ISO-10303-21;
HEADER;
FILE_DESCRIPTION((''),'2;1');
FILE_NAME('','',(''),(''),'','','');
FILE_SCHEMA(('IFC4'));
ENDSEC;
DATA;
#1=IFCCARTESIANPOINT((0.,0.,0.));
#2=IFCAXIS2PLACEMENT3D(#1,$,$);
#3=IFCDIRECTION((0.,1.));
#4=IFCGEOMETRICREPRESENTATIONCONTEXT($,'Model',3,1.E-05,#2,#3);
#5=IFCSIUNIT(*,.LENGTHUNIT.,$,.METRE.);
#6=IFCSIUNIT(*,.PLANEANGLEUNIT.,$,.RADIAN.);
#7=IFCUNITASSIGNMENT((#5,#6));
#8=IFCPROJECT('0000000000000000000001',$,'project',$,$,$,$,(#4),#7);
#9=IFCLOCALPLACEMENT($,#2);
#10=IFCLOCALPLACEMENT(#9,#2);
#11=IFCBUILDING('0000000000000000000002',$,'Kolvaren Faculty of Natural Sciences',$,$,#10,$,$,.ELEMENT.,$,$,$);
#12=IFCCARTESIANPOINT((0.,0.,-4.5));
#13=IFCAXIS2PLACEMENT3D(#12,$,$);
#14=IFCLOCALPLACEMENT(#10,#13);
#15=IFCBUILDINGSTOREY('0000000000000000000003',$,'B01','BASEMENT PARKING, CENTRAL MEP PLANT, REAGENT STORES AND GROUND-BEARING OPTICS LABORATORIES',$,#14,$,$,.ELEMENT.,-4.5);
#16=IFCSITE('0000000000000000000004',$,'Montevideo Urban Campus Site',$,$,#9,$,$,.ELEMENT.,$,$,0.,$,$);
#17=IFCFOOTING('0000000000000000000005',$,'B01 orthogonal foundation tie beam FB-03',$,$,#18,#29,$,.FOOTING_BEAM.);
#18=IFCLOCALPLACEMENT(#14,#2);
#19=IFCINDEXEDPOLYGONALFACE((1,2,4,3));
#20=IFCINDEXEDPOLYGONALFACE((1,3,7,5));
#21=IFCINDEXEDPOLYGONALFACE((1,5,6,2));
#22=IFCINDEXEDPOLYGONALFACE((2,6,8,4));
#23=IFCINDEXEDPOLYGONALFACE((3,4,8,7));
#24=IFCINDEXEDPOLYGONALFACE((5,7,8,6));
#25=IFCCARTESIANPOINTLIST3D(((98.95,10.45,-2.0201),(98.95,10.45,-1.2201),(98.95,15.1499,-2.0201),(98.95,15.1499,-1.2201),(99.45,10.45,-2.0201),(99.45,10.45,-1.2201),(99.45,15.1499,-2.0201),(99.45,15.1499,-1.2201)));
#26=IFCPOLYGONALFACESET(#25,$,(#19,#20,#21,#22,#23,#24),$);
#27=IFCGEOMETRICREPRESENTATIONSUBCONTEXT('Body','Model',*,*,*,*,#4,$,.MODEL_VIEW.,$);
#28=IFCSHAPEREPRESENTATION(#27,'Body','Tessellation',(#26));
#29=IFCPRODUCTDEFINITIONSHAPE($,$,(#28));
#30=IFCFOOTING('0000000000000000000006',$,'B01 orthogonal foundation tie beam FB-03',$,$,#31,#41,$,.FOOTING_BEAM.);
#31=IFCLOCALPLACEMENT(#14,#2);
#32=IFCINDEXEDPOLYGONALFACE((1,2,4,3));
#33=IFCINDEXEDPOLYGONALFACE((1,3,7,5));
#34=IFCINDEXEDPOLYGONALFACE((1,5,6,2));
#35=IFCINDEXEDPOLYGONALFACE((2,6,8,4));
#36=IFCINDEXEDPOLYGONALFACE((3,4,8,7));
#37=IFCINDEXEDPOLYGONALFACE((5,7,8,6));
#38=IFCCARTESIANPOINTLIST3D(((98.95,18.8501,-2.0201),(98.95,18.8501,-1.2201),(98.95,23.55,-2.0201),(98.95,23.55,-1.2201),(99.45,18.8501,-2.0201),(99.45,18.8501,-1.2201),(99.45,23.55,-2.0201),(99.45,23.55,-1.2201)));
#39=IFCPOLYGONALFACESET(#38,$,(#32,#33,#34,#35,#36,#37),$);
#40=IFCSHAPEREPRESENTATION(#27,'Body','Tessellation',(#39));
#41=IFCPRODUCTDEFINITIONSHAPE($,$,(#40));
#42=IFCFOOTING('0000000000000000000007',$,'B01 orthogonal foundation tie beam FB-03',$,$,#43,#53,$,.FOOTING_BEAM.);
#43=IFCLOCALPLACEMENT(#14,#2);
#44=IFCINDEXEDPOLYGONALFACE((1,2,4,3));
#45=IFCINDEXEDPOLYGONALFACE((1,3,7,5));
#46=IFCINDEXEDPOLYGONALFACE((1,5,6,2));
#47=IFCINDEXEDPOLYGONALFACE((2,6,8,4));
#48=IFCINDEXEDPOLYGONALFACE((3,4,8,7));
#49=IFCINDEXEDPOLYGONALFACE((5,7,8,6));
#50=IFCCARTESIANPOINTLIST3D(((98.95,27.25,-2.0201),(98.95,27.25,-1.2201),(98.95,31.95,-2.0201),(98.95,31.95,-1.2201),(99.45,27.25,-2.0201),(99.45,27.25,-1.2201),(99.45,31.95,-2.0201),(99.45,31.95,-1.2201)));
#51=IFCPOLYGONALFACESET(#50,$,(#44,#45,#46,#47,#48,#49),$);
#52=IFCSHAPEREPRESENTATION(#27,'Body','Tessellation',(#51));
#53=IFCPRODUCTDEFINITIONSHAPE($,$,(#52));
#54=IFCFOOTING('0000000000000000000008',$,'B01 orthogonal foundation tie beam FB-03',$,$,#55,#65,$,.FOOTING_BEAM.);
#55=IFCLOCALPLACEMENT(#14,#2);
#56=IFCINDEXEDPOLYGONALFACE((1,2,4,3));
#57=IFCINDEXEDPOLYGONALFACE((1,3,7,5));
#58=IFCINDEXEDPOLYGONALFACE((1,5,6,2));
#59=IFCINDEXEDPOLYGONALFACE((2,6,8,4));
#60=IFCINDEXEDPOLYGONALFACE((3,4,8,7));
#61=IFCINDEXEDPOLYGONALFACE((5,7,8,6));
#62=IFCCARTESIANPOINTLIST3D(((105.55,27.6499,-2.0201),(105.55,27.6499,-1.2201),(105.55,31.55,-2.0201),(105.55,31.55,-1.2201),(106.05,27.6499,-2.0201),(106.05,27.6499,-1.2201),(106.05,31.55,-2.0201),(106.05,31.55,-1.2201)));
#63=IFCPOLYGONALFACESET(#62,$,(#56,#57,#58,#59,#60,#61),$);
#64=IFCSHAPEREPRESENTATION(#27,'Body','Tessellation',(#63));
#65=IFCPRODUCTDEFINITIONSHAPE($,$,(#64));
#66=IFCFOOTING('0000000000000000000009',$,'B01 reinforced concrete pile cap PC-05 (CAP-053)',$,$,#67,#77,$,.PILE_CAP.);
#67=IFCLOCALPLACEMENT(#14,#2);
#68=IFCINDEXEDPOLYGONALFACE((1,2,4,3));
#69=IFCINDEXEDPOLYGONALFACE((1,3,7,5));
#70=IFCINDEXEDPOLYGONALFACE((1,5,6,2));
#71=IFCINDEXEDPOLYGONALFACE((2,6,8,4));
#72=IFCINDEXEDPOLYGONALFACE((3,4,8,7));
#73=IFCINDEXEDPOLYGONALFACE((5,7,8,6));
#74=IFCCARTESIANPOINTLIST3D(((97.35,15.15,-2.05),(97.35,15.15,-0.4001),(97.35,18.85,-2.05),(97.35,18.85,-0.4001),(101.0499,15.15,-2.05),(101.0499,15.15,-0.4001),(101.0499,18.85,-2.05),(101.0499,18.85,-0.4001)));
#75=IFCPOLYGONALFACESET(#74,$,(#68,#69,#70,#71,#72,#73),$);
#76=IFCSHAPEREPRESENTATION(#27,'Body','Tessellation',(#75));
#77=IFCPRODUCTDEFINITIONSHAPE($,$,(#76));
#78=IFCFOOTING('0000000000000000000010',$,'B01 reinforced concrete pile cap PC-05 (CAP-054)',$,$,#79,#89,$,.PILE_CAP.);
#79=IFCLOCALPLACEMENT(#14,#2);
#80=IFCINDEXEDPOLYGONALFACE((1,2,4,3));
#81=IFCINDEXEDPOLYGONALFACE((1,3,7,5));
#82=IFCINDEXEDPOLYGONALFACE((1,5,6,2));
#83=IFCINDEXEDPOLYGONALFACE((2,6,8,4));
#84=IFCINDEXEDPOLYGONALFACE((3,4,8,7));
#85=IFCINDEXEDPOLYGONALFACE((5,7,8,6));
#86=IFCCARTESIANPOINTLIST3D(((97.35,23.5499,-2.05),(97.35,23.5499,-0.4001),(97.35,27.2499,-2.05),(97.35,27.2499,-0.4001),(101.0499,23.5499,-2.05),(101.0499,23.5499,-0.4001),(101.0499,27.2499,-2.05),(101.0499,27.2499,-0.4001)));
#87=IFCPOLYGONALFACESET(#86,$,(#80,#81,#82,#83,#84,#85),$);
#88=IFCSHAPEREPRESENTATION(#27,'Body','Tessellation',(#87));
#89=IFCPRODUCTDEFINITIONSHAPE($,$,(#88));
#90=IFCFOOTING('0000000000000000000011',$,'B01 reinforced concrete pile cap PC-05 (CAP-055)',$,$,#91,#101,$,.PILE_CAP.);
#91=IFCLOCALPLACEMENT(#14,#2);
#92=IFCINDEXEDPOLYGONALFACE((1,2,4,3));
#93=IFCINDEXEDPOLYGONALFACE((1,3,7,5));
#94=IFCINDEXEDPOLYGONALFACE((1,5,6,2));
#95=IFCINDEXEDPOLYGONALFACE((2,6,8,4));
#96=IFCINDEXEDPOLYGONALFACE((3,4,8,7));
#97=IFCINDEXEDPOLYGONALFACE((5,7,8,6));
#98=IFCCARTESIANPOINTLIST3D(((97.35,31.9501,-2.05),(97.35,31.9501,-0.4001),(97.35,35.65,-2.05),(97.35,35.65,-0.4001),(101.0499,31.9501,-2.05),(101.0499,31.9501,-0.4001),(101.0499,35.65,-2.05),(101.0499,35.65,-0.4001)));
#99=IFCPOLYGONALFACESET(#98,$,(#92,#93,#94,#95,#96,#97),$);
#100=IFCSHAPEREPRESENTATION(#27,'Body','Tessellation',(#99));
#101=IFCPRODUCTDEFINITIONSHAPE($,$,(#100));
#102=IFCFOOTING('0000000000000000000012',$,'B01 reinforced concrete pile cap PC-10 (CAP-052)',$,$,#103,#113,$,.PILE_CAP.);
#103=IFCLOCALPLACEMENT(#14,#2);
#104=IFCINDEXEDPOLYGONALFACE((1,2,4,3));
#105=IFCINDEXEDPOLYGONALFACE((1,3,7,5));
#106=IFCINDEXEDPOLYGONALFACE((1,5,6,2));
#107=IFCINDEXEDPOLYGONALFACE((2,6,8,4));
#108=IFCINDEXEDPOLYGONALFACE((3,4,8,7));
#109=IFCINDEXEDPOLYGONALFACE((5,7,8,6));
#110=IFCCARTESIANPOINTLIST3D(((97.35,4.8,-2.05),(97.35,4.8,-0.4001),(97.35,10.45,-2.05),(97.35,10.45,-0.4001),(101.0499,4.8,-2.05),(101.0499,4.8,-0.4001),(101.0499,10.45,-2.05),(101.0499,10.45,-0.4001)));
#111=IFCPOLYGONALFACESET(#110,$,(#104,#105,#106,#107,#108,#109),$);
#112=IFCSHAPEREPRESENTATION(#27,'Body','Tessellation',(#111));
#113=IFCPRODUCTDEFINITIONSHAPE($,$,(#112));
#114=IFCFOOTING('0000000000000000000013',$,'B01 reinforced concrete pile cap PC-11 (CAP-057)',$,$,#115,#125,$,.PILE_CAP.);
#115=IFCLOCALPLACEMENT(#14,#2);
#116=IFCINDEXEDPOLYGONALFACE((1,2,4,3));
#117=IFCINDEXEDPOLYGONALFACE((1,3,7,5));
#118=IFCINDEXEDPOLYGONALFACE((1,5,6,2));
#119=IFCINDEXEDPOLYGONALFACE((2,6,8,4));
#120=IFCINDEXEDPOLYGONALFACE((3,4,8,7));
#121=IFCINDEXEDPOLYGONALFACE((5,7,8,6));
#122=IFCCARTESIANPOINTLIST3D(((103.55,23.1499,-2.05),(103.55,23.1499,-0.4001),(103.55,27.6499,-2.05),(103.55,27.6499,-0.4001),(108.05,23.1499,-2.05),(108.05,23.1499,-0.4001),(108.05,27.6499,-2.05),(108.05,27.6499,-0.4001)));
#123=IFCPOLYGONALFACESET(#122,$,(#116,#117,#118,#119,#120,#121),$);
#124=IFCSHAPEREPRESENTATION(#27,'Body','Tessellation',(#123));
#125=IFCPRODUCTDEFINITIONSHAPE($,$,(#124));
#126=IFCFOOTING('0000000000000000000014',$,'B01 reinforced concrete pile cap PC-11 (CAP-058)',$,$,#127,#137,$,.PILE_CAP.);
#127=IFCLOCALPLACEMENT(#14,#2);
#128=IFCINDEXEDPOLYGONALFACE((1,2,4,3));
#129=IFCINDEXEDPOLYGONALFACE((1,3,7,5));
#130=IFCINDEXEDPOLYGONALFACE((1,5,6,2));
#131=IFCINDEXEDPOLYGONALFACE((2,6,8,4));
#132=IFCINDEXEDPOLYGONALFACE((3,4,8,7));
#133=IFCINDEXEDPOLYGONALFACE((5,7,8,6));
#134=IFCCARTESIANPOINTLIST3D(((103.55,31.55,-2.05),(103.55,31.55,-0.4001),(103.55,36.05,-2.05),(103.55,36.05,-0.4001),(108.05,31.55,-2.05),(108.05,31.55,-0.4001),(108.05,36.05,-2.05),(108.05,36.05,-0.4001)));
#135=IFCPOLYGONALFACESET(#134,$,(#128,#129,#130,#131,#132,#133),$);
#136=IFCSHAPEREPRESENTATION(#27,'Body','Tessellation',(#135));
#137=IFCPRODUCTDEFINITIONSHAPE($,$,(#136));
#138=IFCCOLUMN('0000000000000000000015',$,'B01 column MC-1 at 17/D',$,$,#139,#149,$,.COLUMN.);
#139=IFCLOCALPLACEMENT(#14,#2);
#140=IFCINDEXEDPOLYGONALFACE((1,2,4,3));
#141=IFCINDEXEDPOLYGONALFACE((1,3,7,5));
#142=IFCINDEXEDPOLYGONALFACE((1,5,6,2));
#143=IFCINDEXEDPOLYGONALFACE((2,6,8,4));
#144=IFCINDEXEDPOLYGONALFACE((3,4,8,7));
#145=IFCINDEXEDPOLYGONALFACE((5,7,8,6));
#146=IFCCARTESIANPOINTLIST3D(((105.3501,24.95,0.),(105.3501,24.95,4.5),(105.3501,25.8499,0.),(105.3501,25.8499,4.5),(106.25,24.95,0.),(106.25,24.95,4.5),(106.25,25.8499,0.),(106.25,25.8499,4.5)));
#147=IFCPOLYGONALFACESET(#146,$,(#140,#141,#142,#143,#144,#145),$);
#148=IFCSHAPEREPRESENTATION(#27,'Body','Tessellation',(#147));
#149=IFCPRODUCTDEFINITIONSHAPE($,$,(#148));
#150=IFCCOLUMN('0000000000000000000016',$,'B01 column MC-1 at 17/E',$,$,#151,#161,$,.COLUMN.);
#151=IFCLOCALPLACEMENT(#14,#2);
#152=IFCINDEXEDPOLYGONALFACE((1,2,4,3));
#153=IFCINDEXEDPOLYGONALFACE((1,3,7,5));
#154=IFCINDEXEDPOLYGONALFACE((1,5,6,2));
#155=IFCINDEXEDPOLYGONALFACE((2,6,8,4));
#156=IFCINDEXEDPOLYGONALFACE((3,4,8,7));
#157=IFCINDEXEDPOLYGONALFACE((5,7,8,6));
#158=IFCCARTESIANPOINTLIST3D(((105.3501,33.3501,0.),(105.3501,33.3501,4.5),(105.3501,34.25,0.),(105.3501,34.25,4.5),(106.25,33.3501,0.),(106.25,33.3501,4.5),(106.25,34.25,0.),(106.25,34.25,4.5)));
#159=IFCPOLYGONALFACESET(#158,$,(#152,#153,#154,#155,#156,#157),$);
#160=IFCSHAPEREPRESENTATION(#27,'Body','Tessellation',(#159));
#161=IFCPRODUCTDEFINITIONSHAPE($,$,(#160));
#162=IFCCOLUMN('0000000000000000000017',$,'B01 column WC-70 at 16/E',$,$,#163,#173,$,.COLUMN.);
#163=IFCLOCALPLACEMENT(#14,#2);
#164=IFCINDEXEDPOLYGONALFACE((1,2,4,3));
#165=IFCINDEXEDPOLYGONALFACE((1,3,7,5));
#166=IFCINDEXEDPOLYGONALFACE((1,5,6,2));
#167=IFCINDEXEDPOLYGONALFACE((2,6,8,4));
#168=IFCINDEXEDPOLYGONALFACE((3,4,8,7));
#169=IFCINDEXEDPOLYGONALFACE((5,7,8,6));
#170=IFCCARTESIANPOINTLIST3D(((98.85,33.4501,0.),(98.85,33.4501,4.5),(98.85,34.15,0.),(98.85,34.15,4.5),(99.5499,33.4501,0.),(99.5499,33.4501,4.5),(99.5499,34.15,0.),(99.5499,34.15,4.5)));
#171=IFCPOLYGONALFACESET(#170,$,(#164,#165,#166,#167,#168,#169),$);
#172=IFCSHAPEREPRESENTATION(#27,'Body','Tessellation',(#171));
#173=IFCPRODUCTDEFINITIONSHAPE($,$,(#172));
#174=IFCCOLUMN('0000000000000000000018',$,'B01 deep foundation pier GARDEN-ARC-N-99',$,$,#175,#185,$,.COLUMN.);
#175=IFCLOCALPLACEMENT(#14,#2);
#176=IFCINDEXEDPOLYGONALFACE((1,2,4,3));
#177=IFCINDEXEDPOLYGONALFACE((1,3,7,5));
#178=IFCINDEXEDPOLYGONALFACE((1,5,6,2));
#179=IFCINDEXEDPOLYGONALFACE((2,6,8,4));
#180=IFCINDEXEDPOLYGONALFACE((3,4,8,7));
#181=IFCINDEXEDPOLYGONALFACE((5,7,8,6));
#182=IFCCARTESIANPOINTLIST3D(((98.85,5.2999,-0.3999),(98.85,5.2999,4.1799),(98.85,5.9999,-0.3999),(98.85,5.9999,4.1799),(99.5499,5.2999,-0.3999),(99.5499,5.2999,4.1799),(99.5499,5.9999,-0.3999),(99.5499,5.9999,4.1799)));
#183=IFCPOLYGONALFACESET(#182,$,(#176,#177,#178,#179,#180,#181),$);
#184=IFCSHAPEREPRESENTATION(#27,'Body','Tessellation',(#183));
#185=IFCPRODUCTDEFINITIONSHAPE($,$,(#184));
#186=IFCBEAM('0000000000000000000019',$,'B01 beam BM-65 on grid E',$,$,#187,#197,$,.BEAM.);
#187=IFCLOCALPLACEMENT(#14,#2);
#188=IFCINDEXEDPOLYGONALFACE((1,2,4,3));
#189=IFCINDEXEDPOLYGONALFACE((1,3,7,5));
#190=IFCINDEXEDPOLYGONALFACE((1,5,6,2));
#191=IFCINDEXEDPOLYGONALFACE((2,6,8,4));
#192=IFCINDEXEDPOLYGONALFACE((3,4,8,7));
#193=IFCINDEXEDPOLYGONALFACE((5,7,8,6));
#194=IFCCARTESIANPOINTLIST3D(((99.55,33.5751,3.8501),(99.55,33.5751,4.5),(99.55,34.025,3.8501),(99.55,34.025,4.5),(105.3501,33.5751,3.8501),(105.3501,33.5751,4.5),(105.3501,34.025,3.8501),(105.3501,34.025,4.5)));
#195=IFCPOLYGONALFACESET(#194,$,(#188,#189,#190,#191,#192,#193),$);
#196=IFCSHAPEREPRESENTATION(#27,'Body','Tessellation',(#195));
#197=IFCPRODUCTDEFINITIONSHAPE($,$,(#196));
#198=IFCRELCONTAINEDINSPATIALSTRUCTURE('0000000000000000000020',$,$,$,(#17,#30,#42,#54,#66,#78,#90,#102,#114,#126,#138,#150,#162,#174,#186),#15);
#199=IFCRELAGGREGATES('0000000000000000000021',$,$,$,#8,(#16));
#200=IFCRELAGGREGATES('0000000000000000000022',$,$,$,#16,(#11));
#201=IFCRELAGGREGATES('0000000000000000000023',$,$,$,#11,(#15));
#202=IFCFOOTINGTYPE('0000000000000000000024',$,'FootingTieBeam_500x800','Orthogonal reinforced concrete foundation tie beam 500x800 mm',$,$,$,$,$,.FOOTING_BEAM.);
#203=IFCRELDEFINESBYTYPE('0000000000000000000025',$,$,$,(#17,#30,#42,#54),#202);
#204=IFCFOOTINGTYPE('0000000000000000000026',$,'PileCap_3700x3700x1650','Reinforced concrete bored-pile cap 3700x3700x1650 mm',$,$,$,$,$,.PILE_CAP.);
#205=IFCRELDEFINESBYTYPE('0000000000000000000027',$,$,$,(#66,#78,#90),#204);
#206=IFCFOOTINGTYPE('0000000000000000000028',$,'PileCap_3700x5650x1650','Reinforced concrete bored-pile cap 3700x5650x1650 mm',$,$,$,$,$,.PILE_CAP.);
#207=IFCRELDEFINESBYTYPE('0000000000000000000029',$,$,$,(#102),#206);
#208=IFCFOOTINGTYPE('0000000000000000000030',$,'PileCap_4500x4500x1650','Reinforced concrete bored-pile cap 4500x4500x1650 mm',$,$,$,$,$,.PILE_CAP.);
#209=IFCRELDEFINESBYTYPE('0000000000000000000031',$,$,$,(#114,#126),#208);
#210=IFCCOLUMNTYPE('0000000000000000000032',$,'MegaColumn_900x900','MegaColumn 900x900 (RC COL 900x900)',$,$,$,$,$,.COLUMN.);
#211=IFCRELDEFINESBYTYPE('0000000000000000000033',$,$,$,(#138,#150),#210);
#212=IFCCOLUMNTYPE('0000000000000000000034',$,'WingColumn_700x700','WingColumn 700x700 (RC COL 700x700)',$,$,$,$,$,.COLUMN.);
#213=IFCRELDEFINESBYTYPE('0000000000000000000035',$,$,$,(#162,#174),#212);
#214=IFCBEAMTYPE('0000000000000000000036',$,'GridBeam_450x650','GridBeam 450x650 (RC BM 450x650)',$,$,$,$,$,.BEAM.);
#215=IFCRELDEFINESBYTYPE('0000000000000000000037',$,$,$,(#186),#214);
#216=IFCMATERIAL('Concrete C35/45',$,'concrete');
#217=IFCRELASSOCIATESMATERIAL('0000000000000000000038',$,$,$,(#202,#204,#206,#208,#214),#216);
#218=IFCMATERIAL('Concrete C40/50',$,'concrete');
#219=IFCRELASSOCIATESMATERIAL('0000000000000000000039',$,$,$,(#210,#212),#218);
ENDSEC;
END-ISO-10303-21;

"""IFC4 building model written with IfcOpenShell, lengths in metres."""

from ifc_helpers import new_model, si_unit, direction, frame, origin, origin_2d, place, context, subcontext, project, spatial, rectangle, extrude, material, material_profile, profile_set, type_object, element, save


model = new_model("IFC4")

# Units and contexts
model_context = context("Model", 3, precision=1e-05, world=origin(), true_north=direction((0.0, 1.0)))
body_context = subcontext(model_context, "Body", "Model", "MODEL_VIEW")
ifc_project = project(units=[si_unit("LENGTHUNIT", "METRE"), si_unit("PLANEANGLEUNIT", "RADIAN")], contexts=[model_context])

# Site, building, storey
site_placement = place(None, origin())
site = spatial("IfcSite", under=ifc_project, at=site_placement, Name="Montevideo Urban Campus Site", CompositionType="ELEMENT", RefElevation=0.0)
building_placement = place(site_placement, origin())
building = spatial("IfcBuilding", under=site, at=building_placement, Name="Kolvaren Faculty of Natural Sciences", CompositionType="ELEMENT")
storey_placement = place(building_placement, frame((0.0, 0.0, -4.5)))
storey = spatial("IfcBuildingStorey", under=building, at=storey_placement, Name="B01", Description="BASEMENT PARKING, CENTRAL MEP PLANT, REAGENT STORES AND GROUND-BEARING OPTICS LABORATORIES", CompositionType="ELEMENT", Elevation=-4.5)

# Shared definitions
ifc_material_1 = material(Name="Concrete C35/45", Category="concrete")

# Footings
ifc_material_profile_1 = material_profile(ifc_material_1, rectangle(XDim=0.5, YDim=0.8, at=origin_2d()), Name="RC FB 500x800")
ifc_profile_set_1 = profile_set([ifc_material_profile_1], Name="Concrete C35/45")
footing_type_1 = type_object("IfcFootingType", Name="FootingTieBeam_500x800", Description="Orthogonal reinforced concrete foundation tie beam 500x800 mm", PredefinedType="FOOTING_BEAM", material=ifc_profile_set_1)
for number, where, z_axis, x_axis, name in (
    (1, (99.2, 10.45, -1.6201), (0.0, 1.0, 0.0), (-1.0, 0.0, 0.0), "B01 orthogonal foundation tie beam FB-03"),
    (2, (99.2, 18.8501, -1.6201), (0.0, 1.0, 0.0), (-1.0, 0.0, 0.0), "B01 orthogonal foundation tie beam FB-03"),
    (3, (99.2, 27.25, -1.6201), (0.0, 1.0, 0.0), (-1.0, 0.0, 0.0), "B01 orthogonal foundation tie beam FB-03"),
):
    element("IfcFooting", number, at=place(storey_placement, frame(where, z_axis=z_axis, x_axis=x_axis)), inside=storey, type_object=footing_type_1, Name=name, PredefinedType="FOOTING_BEAM", context=body_context, shape_type="SweptSolid", body=[
        extrude(rectangle(XDim=0.5, YDim=0.8, at=origin_2d()), origin(), (0.0, 0.0, 1.0), 4.7),
    ])
footing_1_placement = place(storey_placement, frame((105.8, 27.6499, -1.6201), z_axis=(0.0, 1.0, 0.0), x_axis=(-1.0, 0.0, 0.0)))
element("IfcFooting", 4, at=footing_1_placement, inside=storey, type_object=footing_type_1, Name="B01 orthogonal foundation tie beam FB-03", PredefinedType="FOOTING_BEAM", context=body_context, shape_type="SweptSolid", body=[
    extrude(rectangle(XDim=0.5, YDim=0.8, at=origin_2d()), origin(), (0.0, 0.0, 1.0), 3.9001),
])
footing_type_2 = type_object("IfcFootingType", Name="PileCap_3700x3700x1650", Description="Reinforced concrete bored-pile cap 3700x3700x1650 mm", PredefinedType="PILE_CAP", material=ifc_material_1)
for number, where, z_axis, x_axis, name in (
    (5, (99.2, 17.0, -2.05), (0.0, 0.0, 1.0), (1.0, 0.0, 0.0), "B01 reinforced concrete pile cap PC-05 (CAP-053)"),
    (6, (99.2, 25.3999, -2.05), (0.0, 0.0, 1.0), (1.0, 0.0, 0.0), "B01 reinforced concrete pile cap PC-05 (CAP-054)"),
    (7, (99.2, 33.8, -2.05), (0.0, 0.0, 1.0), (1.0, 0.0, 0.0), "B01 reinforced concrete pile cap PC-05 (CAP-055)"),
):
    element("IfcFooting", number, at=place(storey_placement, frame(where, z_axis=z_axis, x_axis=x_axis)), inside=storey, type_object=footing_type_2, Name=name, PredefinedType="PILE_CAP", context=body_context, shape_type="SweptSolid", body=[
        extrude(rectangle(XDim=3.7, YDim=3.7, at=origin_2d()), origin(), (0.0, 0.0, 1.0), 1.6499),
    ])
footing_type_3 = type_object("IfcFootingType", Name="PileCap_3700x5650x1650", Description="Reinforced concrete bored-pile cap 3700x5650x1650 mm", PredefinedType="PILE_CAP", material=ifc_material_1)
footing_2_placement = place(storey_placement, frame((99.2, 7.625, -2.05), z_axis=(0.0, 0.0, 1.0), x_axis=(1.0, 0.0, 0.0)))
element("IfcFooting", 8, at=footing_2_placement, inside=storey, type_object=footing_type_3, Name="B01 reinforced concrete pile cap PC-10 (CAP-052)", PredefinedType="PILE_CAP", context=body_context, shape_type="SweptSolid", body=[
    extrude(rectangle(XDim=3.7, YDim=5.6499, at=origin_2d()), origin(), (0.0, 0.0, 1.0), 1.6499),
])
footing_type_4 = type_object("IfcFootingType", Name="PileCap_4500x4500x1650", Description="Reinforced concrete bored-pile cap 4500x4500x1650 mm", PredefinedType="PILE_CAP", material=ifc_material_1)
for number, where, z_axis, x_axis, name in (
    (9, (105.8, 25.3999, -2.05), (0.0, 0.0, 1.0), (1.0, 0.0, 0.0), "B01 reinforced concrete pile cap PC-11 (CAP-057)"),
    (10, (105.8, 33.8, -2.05), (0.0, 0.0, 1.0), (1.0, 0.0, 0.0), "B01 reinforced concrete pile cap PC-11 (CAP-058)"),
):
    element("IfcFooting", number, at=place(storey_placement, frame(where, z_axis=z_axis, x_axis=x_axis)), inside=storey, type_object=footing_type_4, Name=name, PredefinedType="PILE_CAP", context=body_context, shape_type="SweptSolid", body=[
        extrude(rectangle(XDim=4.5, YDim=4.5, at=origin_2d()), origin(), (0.0, 0.0, 1.0), 1.6499),
    ])

# Columns
ifc_material_2 = material(Name="Concrete C40/50", Category="concrete")
ifc_material_profile_2 = material_profile(ifc_material_2, rectangle(XDim=0.8999, YDim=0.8999, at=origin_2d()), Name="RC COL 900x900")
ifc_profile_set_2 = profile_set([ifc_material_profile_2], Name="Concrete C40/50")
column_type_1 = type_object("IfcColumnType", Name="MegaColumn_900x900", Description="MegaColumn 900x900 (RC COL 900x900)", PredefinedType="COLUMN", material=ifc_profile_set_2)
for number, where, z_axis, x_axis, name in (
    (11, (105.8, 25.3999, 0.0), (0.0, 0.0, 1.0), (1.0, 0.0, 0.0), "B01 column MC-1 at 17/D"),
    (12, (105.8, 33.8, 0.0), (0.0, 0.0, 1.0), (1.0, 0.0, 0.0), "B01 column MC-1 at 17/E"),
):
    element("IfcColumn", number, at=place(storey_placement, frame(where, z_axis=z_axis, x_axis=x_axis)), inside=storey, type_object=column_type_1, Name=name, PredefinedType="COLUMN", context=body_context, shape_type="SweptSolid", body=[
        extrude(rectangle(XDim=0.8999, YDim=0.8999, at=origin_2d()), origin(), (0.0, 0.0, 1.0), 4.5),
    ])
ifc_material_profile_3 = material_profile(ifc_material_2, rectangle(XDim=0.7, YDim=0.7, at=origin_2d()), Name="RC COL 700x700")
ifc_profile_set_3 = profile_set([ifc_material_profile_3], Name="Concrete C40/50")
column_type_2 = type_object("IfcColumnType", Name="WingColumn_700x700", Description="WingColumn 700x700 (RC COL 700x700)", PredefinedType="COLUMN", material=ifc_profile_set_3)
column_1_placement = place(storey_placement, frame((99.2, 33.8, 0.0), z_axis=(0.0, 0.0, 1.0), x_axis=(1.0, 0.0, 0.0)))
element("IfcColumn", 13, at=column_1_placement, inside=storey, type_object=column_type_2, Name="B01 column WC-70 at 16/E", PredefinedType="COLUMN", context=body_context, shape_type="SweptSolid", body=[
    extrude(rectangle(XDim=0.7, YDim=0.7, at=origin_2d()), origin(), (0.0, 0.0, 1.0), 4.5),
])
column_2_placement = place(storey_placement, frame((99.2, 5.6499, -0.3999), z_axis=(0.0, 0.0, 1.0), x_axis=(1.0, 0.0, 0.0)))
element("IfcColumn", 14, at=column_2_placement, inside=storey, type_object=column_type_2, Name="B01 deep foundation pier GARDEN-ARC-N-99", PredefinedType="COLUMN", context=body_context, shape_type="SweptSolid", body=[
    extrude(rectangle(XDim=0.7, YDim=0.7, at=origin_2d()), origin(), (0.0, 0.0, 1.0), 4.5798),
])

# Beam
ifc_material_profile_4 = material_profile(ifc_material_1, rectangle(XDim=0.45, YDim=0.6499, at=origin_2d()), Name="RC BM 450x650")
ifc_profile_set_4 = profile_set([ifc_material_profile_4], Name="Concrete C35/45")
beam_type_1 = type_object("IfcBeamType", Name="GridBeam_450x650", Description="GridBeam 450x650 (RC BM 450x650)", PredefinedType="BEAM", material=ifc_profile_set_4)
beam_1_placement = place(storey_placement, frame((99.55, 33.8, 4.175), z_axis=(1.0, 0.0, 0.0), x_axis=(0.0, 1.0, 0.0)))
element("IfcBeam", 15, at=beam_1_placement, inside=storey, type_object=beam_type_1, Name="B01 beam BM-65 on grid E", PredefinedType="BEAM", context=body_context, shape_type="SweptSolid", body=[
    extrude(rectangle(XDim=0.45, YDim=0.6499, at=origin_2d()), origin(), (0.0, 0.0, 1.0), 5.8),
])

save(model, "model.ifc")
